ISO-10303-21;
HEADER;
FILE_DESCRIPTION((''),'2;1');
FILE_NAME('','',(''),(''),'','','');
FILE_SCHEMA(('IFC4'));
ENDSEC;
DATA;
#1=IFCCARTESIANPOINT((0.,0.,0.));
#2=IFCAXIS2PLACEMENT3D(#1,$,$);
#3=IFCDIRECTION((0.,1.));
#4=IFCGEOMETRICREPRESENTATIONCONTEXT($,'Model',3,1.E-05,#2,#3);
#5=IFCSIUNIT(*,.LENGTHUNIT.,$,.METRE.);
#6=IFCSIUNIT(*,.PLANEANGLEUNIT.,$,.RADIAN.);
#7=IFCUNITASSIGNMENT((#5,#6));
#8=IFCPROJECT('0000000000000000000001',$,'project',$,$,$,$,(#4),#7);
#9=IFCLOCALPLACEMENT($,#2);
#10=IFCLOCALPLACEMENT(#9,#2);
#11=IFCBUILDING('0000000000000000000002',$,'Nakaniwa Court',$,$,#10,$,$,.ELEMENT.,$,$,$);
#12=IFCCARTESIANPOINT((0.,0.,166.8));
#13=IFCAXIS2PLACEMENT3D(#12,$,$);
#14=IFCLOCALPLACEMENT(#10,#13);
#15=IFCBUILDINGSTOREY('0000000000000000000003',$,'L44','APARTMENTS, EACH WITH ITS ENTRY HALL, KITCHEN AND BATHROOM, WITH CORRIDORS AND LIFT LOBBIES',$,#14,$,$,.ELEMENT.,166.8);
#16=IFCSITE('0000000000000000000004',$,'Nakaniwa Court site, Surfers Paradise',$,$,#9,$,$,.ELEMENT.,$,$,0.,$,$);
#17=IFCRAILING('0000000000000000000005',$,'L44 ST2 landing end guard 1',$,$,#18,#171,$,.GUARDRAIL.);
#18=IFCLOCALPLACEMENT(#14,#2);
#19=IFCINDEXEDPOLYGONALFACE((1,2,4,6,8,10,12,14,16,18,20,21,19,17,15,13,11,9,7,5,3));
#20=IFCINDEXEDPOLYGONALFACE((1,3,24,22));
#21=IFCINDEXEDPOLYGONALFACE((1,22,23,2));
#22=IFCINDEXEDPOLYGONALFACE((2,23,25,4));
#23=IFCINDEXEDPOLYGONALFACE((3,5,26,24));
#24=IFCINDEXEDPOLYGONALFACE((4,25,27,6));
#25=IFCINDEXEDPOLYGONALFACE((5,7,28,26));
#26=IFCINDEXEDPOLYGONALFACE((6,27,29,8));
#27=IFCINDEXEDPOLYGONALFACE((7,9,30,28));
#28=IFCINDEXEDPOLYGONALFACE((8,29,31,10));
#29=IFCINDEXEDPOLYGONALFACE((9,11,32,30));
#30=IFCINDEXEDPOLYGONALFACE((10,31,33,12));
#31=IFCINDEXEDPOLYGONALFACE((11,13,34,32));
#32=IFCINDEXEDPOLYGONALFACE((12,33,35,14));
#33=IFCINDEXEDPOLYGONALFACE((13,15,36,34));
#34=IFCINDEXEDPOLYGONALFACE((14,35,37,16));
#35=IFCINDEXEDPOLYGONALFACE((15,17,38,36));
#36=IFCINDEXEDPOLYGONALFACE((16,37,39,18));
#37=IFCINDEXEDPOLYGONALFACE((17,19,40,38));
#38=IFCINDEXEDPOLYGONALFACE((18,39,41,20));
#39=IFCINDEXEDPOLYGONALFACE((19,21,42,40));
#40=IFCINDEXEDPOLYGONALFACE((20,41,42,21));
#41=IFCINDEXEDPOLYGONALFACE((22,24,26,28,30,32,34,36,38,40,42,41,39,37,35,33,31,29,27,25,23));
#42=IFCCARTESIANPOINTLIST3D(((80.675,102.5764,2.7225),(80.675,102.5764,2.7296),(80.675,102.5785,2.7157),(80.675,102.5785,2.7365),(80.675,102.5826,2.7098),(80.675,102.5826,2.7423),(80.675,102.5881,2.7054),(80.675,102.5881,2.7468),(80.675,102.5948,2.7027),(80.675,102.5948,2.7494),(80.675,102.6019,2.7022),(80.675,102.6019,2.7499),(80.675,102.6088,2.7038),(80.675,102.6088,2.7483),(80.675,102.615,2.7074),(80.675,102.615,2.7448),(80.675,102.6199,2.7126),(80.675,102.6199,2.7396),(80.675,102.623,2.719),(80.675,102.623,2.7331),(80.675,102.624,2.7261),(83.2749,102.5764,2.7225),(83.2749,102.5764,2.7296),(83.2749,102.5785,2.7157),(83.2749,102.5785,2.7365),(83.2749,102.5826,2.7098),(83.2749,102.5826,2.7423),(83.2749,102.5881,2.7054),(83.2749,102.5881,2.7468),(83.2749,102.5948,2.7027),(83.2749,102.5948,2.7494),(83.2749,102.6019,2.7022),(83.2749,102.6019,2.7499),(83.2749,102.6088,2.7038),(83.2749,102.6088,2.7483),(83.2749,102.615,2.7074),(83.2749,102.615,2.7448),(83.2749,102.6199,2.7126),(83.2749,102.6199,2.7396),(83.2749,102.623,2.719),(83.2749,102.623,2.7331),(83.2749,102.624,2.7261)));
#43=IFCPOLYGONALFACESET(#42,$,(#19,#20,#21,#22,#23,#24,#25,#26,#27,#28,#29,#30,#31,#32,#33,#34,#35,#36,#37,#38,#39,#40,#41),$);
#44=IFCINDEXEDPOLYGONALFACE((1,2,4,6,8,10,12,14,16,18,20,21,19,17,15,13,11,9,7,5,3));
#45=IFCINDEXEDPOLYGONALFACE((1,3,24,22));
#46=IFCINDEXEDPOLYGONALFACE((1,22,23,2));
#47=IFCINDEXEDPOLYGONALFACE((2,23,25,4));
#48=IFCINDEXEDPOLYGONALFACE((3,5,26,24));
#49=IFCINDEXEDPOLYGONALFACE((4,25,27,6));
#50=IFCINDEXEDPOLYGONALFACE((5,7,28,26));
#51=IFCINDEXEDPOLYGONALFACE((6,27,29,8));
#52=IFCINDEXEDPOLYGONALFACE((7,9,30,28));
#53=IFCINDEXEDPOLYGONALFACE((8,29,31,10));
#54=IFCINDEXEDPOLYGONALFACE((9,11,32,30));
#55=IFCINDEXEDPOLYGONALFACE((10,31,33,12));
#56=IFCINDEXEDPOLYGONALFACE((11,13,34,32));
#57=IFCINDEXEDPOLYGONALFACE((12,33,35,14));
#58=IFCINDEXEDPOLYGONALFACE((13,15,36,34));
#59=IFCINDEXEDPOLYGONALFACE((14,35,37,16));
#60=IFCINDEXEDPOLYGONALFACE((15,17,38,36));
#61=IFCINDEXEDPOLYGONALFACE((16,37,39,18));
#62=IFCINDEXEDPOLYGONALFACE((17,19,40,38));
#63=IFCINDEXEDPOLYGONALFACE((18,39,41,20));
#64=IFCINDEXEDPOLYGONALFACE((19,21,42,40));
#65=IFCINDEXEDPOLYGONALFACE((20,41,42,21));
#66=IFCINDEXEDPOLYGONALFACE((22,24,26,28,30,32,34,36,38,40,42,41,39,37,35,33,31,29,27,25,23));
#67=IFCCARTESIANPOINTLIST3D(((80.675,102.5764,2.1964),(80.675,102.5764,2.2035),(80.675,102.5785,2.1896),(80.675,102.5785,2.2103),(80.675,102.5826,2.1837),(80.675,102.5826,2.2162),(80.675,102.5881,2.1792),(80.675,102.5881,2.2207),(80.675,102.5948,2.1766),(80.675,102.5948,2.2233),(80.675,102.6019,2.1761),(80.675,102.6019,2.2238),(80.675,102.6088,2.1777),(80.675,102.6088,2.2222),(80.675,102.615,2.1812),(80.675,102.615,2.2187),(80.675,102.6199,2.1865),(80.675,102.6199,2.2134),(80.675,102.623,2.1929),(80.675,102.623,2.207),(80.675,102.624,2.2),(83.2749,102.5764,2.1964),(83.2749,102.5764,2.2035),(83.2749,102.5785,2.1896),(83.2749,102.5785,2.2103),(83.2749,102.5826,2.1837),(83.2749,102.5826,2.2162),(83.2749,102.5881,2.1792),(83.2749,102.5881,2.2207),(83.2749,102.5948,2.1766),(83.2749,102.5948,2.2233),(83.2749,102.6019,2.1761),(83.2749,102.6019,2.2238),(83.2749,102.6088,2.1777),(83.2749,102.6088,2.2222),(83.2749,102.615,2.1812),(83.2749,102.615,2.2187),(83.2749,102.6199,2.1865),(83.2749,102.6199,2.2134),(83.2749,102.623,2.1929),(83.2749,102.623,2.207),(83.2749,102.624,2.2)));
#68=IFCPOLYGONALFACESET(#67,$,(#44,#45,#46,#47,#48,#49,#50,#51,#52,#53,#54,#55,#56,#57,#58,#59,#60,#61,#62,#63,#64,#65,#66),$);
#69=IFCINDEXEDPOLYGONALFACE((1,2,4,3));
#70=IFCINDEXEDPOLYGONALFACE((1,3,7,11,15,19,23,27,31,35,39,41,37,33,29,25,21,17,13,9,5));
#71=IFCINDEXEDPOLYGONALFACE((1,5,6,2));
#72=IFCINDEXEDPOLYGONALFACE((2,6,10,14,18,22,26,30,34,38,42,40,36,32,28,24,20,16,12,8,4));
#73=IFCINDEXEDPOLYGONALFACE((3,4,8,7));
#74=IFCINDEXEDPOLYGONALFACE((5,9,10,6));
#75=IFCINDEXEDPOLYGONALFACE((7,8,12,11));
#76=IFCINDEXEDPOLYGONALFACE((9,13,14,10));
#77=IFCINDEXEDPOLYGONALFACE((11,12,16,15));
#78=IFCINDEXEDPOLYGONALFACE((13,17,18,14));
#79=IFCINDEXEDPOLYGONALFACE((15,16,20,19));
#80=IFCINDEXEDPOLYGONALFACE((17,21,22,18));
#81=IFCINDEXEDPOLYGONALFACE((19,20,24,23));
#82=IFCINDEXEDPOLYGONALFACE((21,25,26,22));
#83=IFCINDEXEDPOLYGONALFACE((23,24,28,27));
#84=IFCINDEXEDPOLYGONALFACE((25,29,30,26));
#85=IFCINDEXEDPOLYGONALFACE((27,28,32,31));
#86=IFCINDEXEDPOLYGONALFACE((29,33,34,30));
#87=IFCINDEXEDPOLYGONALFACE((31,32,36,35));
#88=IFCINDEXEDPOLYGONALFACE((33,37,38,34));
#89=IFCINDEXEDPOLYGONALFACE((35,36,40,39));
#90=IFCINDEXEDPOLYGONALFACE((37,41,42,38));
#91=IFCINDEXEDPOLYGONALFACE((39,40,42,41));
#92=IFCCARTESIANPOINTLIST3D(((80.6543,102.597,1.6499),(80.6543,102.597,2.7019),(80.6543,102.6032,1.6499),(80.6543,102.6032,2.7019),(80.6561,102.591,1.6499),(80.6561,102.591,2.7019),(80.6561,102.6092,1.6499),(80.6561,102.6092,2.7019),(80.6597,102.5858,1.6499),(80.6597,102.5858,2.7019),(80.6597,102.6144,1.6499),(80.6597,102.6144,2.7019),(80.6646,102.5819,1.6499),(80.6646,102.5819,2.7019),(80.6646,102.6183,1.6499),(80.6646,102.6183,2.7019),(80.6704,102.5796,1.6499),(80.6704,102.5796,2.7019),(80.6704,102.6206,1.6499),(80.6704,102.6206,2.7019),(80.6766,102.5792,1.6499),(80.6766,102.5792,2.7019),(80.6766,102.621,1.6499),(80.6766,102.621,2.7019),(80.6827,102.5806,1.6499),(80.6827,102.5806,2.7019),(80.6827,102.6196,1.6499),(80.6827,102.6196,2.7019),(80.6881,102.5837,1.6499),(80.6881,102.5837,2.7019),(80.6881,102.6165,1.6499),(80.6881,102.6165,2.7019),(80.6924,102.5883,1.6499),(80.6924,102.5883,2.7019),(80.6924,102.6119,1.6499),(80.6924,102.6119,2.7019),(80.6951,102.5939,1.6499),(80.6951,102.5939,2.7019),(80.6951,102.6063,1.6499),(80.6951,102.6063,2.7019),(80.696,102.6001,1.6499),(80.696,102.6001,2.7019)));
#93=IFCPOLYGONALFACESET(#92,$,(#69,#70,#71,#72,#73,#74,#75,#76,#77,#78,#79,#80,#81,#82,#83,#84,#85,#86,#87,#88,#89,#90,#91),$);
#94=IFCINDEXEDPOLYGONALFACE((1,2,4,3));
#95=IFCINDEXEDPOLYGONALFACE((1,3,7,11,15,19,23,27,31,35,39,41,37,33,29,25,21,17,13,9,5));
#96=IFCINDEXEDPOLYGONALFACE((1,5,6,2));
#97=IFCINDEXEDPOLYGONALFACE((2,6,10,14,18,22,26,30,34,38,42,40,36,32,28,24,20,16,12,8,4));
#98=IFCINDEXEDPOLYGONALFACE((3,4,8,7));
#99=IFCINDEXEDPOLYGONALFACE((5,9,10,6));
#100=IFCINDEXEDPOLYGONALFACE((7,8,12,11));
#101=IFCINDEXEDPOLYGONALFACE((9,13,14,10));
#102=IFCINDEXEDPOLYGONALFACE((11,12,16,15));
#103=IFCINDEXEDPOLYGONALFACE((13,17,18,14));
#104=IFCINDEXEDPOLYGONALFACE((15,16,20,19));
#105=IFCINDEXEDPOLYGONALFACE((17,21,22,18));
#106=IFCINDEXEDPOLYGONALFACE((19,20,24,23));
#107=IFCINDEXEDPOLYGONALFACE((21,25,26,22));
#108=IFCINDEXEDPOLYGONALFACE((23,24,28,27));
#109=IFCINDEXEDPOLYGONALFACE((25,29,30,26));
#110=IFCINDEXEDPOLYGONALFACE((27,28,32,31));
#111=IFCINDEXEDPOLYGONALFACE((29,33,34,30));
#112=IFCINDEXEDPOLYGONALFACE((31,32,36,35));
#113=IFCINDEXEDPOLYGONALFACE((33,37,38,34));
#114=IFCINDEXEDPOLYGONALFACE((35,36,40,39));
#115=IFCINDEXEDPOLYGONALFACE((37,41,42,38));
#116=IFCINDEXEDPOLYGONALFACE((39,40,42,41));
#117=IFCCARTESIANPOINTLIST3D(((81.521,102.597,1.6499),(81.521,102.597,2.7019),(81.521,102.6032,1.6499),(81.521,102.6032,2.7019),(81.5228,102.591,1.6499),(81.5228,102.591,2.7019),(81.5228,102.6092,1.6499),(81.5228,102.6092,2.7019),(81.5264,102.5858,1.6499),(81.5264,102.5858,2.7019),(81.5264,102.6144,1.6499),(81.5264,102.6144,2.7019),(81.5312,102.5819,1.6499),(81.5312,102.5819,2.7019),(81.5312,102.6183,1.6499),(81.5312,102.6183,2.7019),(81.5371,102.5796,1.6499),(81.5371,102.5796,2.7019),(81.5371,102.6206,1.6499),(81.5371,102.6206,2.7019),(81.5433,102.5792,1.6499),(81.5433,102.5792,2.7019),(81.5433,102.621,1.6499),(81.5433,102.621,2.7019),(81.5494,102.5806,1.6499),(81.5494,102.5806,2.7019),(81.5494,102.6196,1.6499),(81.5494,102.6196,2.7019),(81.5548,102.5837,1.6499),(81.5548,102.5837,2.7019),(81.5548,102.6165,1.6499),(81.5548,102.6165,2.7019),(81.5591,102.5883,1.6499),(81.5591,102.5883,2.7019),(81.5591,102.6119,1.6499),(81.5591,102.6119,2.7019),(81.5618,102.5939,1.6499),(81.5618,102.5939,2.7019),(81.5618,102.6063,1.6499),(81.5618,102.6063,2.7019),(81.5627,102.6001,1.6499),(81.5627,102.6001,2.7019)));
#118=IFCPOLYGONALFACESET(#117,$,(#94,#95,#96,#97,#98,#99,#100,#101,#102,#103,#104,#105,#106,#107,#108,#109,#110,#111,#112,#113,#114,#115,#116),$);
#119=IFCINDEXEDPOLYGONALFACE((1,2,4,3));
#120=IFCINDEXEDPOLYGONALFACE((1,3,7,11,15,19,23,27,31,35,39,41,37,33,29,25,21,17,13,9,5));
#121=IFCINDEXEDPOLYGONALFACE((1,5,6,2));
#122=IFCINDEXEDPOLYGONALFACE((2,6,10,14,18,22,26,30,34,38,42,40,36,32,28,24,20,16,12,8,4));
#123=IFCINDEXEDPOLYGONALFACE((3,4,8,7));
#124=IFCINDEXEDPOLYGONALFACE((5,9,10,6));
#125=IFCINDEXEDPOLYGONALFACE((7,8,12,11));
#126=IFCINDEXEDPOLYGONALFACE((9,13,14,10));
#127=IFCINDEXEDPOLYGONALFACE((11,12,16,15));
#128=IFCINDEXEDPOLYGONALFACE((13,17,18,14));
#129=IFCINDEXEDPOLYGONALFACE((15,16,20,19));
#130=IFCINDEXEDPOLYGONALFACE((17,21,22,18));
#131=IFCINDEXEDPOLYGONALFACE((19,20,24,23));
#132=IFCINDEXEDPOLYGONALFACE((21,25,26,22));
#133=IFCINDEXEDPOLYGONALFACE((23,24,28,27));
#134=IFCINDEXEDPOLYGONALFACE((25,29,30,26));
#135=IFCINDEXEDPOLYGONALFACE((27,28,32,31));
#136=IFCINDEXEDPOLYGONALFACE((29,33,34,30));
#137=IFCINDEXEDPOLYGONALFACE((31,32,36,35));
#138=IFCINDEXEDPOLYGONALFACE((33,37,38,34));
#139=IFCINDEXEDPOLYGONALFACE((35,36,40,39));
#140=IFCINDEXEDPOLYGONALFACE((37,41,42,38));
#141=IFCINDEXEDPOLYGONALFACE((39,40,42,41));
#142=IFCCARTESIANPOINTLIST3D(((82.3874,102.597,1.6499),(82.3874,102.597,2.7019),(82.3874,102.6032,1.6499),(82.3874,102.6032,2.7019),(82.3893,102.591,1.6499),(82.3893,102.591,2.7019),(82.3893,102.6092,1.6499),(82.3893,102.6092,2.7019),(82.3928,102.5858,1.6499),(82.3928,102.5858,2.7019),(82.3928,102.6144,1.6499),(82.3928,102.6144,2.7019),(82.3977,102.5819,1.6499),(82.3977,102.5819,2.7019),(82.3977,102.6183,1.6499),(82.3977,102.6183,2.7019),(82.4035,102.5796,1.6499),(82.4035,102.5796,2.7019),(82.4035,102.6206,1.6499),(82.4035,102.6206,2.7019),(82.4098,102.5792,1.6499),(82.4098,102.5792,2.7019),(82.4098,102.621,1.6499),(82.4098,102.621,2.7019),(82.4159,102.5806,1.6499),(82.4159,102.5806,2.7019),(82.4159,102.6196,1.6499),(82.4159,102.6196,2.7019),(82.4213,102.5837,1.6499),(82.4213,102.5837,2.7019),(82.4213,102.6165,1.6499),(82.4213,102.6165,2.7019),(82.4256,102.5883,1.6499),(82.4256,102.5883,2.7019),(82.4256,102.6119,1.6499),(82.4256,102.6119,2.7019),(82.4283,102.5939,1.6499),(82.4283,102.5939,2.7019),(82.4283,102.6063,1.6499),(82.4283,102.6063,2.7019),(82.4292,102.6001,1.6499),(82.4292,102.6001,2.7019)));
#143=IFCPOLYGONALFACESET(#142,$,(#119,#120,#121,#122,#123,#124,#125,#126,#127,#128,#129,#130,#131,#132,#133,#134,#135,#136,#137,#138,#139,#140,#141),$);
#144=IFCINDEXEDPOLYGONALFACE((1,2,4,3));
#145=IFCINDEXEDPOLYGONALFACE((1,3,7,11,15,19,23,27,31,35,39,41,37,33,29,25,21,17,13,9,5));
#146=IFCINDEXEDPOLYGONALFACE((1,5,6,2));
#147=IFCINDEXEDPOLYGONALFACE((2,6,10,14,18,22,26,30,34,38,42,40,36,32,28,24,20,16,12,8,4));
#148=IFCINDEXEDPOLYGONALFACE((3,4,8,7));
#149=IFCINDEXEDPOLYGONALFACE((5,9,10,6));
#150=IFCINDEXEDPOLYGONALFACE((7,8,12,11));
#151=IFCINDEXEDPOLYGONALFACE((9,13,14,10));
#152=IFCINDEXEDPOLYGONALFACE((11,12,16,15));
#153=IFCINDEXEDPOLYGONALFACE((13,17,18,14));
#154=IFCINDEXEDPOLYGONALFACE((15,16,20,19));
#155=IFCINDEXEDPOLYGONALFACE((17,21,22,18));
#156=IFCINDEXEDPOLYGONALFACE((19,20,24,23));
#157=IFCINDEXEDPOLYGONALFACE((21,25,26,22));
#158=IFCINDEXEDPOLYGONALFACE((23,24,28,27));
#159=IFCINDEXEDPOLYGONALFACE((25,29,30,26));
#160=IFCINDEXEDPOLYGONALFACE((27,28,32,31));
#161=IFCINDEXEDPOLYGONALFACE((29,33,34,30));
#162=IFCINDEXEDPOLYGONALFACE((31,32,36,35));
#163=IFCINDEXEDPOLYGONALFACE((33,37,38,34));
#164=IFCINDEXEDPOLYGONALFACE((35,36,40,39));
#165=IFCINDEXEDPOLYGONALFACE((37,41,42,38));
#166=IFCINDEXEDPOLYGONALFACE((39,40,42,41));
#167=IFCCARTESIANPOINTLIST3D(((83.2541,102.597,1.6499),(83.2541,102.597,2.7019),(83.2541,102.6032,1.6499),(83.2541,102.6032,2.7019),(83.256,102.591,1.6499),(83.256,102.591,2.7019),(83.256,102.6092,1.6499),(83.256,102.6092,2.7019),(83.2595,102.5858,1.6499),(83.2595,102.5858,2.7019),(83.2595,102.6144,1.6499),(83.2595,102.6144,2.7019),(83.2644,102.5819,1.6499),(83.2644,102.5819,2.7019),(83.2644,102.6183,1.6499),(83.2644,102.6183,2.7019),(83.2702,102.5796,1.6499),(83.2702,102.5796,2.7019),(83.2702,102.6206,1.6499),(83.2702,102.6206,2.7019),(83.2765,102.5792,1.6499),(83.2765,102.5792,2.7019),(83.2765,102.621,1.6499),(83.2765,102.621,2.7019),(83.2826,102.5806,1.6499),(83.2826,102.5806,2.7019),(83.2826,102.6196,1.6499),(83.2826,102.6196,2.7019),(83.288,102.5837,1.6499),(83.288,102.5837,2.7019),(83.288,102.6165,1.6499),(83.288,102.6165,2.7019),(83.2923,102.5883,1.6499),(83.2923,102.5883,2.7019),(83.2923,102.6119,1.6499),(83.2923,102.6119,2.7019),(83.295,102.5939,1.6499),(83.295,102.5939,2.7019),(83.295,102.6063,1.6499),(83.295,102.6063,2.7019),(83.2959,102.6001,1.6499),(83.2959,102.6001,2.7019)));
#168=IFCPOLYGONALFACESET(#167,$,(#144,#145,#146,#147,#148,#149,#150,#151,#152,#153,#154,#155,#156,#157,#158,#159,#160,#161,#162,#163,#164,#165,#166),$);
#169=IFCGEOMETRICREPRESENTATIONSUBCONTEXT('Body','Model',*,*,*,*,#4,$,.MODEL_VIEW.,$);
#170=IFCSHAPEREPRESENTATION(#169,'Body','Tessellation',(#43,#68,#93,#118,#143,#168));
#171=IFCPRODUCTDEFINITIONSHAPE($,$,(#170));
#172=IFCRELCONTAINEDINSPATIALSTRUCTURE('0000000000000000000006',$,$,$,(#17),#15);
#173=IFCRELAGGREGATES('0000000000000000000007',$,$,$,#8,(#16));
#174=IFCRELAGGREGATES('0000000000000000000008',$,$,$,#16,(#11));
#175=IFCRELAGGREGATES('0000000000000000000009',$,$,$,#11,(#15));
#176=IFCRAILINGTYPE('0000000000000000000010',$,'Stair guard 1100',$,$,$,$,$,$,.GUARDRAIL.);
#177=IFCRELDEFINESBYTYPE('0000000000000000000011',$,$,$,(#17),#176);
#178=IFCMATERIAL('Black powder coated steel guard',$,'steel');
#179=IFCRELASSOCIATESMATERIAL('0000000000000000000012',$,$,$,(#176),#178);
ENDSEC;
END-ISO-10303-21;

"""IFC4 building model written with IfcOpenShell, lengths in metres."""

from ifc_helpers import new_model, si_unit, direction, frame, origin, origin_2d, place, context, subcontext, project, spatial, circle, extrude, material, type_object, element, save


model = new_model("IFC4")

# Units and contexts
model_context = context("Model", 3, precision=1e-05, world=origin(), true_north=direction((0.0, 1.0)))
body_context = subcontext(model_context, "Body", "Model", "MODEL_VIEW")
ifc_project = project(units=[si_unit("LENGTHUNIT", "METRE"), si_unit("PLANEANGLEUNIT", "RADIAN")], contexts=[model_context])

# Site, building, storey
site_placement = place(None, origin())
site = spatial("IfcSite", under=ifc_project, at=site_placement, Name="Nakaniwa Court site, Surfers Paradise", CompositionType="ELEMENT", RefElevation=0.0)
building_placement = place(site_placement, origin())
building = spatial("IfcBuilding", under=site, at=building_placement, Name="Nakaniwa Court", CompositionType="ELEMENT")
storey_placement = place(building_placement, frame((0.0, 0.0, 166.8)))
storey = spatial("IfcBuildingStorey", under=building, at=storey_placement, Name="L44", Description="APARTMENTS, EACH WITH ITS ENTRY HALL, KITCHEN AND BATHROOM, WITH CORRIDORS AND LIFT LOBBIES", CompositionType="ELEMENT", Elevation=166.8)

# Railing
ifc_material_1 = material(Name="Black powder coated steel guard", Category="steel")
railing_type_1 = type_object("IfcRailingType", Name="Stair guard 1100", PredefinedType="GUARDRAIL", material=ifc_material_1)
railing_1_placement = place(storey_placement, frame((80.675, 102.6001, 1.6499)))
element("IfcRailing", 1, at=railing_1_placement, inside=storey, type_object=railing_type_1, Name="L44 ST2 landing end guard 1", PredefinedType="GUARDRAIL", context=body_context, shape_type="SweptSolid", body=[
    extrude(circle(Radius=0.0239, at=origin_2d()), frame((0.0, 0.0, 1.0762), z_axis=(1.0, 0.0, 0.0), x_axis=(0.0, 1.0, 0.0)), (0.0, 0.0, 1.0), 2.5999),
    extrude(circle(Radius=0.0239, at=origin_2d()), frame((0.0, 0.0, 0.55), z_axis=(1.0, 0.0, 0.0), x_axis=(0.0, 1.0, 0.0)), (0.0, 0.0, 1.0), 2.5999),
    extrude(circle(Radius=0.021, at=origin_2d()), origin(), (0.0, 0.0, 1.0), 1.052),
    extrude(circle(Radius=0.021, at=origin_2d()), frame((0.8667, 0.0, 0.0)), (0.0, 0.0, 1.0), 1.052),
    extrude(circle(Radius=0.021, at=origin_2d()), frame((1.7332, 0.0, 0.0)), (0.0, 0.0, 1.0), 1.052),
    extrude(circle(Radius=0.021, at=origin_2d()), frame((2.5999, 0.0, 0.0)), (0.0, 0.0, 1.0), 1.052),
])

save(model, "model.ifc")
